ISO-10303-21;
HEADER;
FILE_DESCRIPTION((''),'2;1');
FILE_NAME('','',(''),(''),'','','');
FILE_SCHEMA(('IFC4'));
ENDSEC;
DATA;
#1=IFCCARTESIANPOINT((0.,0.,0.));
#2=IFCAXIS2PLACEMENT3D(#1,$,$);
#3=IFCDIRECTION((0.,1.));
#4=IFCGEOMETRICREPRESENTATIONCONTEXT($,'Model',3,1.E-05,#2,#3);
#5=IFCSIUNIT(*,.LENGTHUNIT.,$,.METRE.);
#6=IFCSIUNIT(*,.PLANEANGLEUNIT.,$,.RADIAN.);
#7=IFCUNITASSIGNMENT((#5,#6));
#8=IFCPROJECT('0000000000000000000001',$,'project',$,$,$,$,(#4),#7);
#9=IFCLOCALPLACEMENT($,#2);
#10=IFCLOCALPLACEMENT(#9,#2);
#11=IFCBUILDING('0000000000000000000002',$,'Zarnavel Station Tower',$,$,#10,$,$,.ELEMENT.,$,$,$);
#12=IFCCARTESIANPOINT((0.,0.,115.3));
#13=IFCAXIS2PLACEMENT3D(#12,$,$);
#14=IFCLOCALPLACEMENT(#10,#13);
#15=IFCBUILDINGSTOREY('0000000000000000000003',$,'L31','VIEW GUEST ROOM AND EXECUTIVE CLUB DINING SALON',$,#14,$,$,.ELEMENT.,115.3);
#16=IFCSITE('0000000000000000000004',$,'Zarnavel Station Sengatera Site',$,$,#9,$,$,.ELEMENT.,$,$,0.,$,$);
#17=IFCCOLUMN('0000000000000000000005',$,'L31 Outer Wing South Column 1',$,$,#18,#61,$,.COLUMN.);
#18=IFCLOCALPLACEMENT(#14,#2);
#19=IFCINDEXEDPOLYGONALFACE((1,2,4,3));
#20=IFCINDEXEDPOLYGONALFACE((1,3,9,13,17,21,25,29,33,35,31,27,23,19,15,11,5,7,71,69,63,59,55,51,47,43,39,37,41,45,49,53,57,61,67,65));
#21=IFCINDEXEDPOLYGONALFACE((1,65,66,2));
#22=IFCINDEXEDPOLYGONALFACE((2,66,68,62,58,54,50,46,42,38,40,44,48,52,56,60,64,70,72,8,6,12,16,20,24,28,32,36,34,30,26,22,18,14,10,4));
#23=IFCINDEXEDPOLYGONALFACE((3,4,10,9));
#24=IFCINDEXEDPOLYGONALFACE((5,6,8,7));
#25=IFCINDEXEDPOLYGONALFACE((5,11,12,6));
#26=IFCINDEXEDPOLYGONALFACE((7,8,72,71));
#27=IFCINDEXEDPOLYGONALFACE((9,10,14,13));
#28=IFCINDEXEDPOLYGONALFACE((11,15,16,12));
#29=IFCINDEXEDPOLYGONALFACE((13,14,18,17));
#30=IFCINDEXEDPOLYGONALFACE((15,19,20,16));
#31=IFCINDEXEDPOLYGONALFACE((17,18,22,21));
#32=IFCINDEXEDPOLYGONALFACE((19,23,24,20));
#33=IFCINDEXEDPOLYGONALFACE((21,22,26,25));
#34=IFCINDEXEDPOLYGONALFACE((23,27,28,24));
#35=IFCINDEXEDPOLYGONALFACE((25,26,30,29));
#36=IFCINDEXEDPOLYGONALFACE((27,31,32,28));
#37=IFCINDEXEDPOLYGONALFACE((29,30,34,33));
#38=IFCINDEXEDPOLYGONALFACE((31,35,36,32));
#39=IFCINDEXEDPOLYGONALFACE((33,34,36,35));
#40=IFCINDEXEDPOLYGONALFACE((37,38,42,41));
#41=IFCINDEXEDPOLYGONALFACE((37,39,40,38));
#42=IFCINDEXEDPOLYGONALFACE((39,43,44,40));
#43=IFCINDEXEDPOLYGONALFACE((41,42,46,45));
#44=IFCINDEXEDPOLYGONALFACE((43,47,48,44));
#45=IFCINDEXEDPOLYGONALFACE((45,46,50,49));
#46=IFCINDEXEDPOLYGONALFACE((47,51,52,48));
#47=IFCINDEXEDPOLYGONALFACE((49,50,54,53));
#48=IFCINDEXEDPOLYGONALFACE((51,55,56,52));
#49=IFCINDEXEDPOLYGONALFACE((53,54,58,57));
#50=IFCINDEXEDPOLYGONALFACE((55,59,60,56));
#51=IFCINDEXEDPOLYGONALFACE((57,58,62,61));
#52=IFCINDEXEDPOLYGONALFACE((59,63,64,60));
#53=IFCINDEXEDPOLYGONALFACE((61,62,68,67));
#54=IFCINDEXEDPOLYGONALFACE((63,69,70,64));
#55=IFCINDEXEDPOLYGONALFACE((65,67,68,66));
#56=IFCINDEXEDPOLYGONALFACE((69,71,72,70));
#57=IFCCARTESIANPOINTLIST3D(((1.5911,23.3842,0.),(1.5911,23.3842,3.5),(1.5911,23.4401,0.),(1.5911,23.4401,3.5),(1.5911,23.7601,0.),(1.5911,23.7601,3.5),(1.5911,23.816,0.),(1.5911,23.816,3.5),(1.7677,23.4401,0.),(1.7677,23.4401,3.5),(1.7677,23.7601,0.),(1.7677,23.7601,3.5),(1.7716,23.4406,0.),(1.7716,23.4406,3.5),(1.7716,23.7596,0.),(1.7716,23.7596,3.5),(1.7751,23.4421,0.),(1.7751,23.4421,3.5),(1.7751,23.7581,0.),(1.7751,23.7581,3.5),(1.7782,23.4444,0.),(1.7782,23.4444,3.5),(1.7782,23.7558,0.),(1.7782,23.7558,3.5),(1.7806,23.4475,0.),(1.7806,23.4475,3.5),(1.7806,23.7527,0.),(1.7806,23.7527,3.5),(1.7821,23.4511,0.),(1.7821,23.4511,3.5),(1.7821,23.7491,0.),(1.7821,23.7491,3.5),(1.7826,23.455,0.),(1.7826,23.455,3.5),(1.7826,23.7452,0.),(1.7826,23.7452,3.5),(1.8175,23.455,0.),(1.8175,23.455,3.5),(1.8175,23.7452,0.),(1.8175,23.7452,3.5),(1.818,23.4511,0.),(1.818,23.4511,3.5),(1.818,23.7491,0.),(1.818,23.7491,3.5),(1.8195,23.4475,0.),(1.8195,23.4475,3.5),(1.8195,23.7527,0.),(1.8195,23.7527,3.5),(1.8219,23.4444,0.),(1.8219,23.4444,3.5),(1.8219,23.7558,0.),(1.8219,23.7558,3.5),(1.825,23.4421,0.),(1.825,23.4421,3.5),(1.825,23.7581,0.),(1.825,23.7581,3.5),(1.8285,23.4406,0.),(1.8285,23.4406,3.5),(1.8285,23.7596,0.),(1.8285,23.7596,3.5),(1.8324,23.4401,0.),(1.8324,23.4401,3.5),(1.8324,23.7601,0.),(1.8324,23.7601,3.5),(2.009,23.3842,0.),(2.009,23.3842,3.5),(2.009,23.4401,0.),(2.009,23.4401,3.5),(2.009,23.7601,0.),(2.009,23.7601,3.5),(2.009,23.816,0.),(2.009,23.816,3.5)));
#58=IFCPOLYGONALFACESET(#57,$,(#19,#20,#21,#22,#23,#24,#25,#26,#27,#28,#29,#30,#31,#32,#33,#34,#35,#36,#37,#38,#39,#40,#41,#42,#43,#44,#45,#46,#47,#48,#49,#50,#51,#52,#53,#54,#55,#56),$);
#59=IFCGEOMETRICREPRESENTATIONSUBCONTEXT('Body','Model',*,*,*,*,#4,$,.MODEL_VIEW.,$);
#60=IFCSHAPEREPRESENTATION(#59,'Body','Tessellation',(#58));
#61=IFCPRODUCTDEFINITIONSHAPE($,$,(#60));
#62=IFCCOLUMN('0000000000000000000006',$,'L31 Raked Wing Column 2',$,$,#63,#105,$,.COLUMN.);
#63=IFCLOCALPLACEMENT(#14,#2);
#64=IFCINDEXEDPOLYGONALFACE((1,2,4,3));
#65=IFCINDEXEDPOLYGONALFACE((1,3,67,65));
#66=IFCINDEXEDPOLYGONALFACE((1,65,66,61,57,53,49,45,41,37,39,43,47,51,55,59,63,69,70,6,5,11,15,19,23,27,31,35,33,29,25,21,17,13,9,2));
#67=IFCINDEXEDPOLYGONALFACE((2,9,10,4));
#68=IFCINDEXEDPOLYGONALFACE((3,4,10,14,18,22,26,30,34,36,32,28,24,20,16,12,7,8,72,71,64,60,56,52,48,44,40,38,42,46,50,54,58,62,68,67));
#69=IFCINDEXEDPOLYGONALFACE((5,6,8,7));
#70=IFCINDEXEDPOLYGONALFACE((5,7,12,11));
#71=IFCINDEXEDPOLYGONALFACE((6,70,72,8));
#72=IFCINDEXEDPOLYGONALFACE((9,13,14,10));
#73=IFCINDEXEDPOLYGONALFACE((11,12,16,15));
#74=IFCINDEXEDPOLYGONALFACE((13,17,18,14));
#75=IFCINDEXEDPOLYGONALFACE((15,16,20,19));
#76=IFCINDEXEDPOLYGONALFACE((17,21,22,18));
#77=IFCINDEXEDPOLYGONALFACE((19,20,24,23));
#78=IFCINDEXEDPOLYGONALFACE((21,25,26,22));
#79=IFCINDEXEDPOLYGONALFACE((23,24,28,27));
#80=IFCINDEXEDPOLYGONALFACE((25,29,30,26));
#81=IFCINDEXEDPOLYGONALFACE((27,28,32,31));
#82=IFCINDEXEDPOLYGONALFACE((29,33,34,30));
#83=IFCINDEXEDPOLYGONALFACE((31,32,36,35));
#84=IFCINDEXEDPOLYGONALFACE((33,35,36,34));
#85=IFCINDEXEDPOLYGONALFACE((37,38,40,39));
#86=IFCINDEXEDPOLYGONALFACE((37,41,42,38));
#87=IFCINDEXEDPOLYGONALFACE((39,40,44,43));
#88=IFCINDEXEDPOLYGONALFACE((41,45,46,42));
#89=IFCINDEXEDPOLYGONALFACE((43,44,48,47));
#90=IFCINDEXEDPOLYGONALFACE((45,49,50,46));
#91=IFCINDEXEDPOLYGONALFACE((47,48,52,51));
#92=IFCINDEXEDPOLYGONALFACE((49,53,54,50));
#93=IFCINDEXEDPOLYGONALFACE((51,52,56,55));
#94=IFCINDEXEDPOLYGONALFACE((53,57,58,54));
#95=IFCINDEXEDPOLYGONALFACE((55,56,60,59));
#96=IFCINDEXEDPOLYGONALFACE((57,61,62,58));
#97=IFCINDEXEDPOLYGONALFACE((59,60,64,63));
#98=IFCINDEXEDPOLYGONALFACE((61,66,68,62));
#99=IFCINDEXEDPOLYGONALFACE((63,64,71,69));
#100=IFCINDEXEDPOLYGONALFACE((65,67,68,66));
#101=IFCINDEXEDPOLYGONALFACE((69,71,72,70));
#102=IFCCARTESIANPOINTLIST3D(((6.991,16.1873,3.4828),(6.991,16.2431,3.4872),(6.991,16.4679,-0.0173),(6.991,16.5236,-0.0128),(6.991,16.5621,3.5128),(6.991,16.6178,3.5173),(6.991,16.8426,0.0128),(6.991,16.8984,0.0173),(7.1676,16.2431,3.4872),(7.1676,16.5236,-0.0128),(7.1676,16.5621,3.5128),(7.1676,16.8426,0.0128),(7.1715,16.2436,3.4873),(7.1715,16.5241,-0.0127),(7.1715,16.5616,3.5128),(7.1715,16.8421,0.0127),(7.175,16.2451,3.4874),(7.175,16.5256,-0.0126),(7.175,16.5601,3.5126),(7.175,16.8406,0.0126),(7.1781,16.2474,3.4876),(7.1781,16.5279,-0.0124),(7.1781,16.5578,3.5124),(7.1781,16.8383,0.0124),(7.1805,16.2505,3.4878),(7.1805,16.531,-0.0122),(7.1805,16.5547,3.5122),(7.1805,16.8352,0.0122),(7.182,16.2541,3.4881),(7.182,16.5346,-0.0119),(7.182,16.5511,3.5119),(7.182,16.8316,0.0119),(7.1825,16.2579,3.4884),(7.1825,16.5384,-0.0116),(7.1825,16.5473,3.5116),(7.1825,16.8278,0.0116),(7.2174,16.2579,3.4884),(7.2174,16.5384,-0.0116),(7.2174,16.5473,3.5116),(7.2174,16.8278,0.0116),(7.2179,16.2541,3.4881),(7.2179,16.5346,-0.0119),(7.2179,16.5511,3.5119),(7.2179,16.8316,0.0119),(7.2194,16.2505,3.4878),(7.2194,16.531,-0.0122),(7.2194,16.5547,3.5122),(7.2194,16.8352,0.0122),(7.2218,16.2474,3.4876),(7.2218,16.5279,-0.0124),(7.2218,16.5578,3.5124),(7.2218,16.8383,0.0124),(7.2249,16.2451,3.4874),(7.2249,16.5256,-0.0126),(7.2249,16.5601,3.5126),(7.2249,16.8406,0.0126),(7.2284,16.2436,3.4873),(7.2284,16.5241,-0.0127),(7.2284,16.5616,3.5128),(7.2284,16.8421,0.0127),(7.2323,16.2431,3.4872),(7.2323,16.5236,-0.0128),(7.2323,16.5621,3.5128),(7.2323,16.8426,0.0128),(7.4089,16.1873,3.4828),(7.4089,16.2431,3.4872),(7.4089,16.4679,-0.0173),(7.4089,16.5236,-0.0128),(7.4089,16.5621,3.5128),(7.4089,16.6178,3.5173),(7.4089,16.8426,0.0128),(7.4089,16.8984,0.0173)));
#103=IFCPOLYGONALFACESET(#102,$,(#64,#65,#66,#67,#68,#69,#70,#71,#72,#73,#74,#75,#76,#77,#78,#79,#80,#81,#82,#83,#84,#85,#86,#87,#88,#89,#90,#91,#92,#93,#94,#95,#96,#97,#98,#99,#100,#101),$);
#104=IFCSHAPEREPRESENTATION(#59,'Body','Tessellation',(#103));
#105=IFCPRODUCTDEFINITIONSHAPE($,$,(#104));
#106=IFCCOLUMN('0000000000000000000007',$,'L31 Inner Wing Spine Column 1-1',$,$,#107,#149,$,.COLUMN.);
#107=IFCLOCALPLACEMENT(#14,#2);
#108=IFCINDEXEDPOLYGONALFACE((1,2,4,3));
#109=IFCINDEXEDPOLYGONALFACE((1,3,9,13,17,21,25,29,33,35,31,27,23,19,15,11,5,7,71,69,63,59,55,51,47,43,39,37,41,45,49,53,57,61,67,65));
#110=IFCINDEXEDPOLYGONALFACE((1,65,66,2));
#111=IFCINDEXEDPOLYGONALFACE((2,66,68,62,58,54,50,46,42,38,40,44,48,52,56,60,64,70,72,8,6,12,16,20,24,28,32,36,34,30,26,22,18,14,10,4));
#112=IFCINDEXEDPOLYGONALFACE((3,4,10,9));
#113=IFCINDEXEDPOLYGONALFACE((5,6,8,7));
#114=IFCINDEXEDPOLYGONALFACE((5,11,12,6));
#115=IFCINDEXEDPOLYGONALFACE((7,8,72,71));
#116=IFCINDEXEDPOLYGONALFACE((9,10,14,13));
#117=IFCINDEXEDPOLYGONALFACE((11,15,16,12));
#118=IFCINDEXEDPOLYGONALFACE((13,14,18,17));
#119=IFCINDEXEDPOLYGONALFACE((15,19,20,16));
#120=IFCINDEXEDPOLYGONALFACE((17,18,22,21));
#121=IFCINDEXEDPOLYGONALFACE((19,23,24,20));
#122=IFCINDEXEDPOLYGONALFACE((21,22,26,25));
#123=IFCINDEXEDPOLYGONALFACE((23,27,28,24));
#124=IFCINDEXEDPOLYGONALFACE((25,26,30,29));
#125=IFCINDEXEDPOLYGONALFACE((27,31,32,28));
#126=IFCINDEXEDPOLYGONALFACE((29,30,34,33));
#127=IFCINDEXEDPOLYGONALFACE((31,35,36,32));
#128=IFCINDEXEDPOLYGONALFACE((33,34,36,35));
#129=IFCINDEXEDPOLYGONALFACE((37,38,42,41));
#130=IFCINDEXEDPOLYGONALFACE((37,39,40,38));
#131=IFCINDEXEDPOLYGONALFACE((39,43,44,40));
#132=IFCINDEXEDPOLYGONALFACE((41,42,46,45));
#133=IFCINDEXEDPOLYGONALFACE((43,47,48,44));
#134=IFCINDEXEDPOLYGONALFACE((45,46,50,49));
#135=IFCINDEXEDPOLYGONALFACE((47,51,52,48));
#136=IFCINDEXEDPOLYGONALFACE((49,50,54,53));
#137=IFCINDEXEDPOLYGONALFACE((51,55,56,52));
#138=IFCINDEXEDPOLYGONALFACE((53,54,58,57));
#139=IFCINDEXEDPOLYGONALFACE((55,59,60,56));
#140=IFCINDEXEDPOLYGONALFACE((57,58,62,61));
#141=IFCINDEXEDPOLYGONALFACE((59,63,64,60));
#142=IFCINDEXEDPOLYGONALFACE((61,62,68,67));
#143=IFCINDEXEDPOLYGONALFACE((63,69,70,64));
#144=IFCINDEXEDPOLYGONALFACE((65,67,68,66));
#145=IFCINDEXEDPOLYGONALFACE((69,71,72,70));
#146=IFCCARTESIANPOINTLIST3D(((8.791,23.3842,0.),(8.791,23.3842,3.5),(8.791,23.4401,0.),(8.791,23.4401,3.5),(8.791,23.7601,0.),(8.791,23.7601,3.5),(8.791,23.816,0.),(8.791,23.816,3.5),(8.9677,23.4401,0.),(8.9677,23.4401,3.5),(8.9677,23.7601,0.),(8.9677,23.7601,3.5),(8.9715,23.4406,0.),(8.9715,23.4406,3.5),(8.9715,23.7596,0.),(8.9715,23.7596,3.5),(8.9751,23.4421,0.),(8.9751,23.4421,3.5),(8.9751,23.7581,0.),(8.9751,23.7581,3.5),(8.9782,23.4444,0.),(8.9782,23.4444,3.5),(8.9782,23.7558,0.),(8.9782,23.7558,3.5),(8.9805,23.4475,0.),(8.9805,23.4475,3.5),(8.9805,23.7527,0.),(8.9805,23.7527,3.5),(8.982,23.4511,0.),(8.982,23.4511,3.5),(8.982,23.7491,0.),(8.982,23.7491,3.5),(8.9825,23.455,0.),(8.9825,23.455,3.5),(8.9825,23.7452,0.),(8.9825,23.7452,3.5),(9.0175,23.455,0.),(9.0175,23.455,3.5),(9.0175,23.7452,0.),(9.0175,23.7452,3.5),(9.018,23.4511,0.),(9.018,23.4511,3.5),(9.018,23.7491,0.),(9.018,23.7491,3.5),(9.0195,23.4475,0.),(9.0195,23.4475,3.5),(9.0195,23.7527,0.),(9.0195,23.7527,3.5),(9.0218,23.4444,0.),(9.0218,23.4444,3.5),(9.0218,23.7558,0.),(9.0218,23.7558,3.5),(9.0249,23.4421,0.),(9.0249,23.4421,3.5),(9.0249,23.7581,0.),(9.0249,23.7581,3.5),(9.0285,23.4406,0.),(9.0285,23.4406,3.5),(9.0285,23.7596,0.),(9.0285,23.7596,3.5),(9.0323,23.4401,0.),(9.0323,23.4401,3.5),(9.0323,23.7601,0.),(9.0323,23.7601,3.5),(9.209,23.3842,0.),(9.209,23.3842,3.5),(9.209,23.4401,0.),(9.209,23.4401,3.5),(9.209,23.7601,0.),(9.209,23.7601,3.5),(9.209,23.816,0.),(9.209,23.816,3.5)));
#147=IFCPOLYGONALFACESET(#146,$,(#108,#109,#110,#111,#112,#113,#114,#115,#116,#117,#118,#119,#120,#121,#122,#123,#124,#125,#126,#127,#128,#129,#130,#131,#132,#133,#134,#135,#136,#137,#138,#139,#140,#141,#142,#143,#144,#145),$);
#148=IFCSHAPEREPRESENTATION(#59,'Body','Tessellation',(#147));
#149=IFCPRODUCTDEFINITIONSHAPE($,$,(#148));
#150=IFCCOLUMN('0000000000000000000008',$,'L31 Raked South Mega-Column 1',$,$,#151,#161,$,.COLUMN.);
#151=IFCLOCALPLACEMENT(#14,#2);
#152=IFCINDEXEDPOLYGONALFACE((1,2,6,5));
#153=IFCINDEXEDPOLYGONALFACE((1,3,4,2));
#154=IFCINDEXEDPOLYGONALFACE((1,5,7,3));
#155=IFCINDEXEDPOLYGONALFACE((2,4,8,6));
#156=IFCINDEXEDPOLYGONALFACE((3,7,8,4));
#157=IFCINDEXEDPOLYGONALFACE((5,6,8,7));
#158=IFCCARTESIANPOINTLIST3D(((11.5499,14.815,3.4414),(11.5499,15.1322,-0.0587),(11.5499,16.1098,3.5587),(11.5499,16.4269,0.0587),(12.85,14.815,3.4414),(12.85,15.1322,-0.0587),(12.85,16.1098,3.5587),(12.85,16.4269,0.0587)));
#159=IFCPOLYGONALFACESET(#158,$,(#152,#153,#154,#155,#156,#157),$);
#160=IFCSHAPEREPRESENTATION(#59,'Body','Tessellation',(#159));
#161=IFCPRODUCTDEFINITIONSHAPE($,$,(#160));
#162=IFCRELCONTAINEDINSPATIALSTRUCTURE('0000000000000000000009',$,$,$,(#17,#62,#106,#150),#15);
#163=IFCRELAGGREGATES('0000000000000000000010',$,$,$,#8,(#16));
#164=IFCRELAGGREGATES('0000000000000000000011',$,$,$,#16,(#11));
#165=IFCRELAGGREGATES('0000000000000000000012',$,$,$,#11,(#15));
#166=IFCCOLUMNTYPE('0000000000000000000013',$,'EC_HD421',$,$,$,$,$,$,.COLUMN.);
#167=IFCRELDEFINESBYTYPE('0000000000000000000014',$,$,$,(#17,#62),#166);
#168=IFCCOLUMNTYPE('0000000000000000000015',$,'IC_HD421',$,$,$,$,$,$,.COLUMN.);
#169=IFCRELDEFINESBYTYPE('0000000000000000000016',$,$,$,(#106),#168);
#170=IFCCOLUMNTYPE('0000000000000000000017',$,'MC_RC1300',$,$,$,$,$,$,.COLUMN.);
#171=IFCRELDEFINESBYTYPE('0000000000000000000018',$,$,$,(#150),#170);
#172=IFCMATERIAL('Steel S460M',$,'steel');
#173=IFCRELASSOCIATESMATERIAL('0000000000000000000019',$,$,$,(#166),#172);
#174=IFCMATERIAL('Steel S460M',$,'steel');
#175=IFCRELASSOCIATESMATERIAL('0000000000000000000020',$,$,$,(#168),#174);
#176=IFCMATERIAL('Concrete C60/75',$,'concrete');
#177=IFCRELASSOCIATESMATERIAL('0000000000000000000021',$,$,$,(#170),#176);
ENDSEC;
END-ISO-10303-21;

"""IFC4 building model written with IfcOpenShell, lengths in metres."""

from ifc_helpers import new_model, si_unit, direction, frame, origin, origin_2d, place, context, subcontext, project, spatial, rectangle, i_section, extrude, material, material_profile, profile_set, type_object, element, save


model = new_model("IFC4")

# Units and contexts
model_context = context("Model", 3, precision=1e-05, world=origin(), true_north=direction((0.0, 1.0)))
body_context = subcontext(model_context, "Body", "Model", "MODEL_VIEW")
ifc_project = project(units=[si_unit("LENGTHUNIT", "METRE"), si_unit("PLANEANGLEUNIT", "RADIAN")], contexts=[model_context])

# Site, building, storey
site_placement = place(None, origin())
site = spatial("IfcSite", under=ifc_project, at=site_placement, Name="Zarnavel Station Sengatera Site", CompositionType="ELEMENT", RefElevation=0.0)
building_placement = place(site_placement, origin())
building = spatial("IfcBuilding", under=site, at=building_placement, Name="Zarnavel Station Tower", CompositionType="ELEMENT")
storey_placement = place(building_placement, frame((0.0, 0.0, 115.3)))
storey = spatial("IfcBuildingStorey", under=building, at=storey_placement, Name="L31", Description="VIEW GUEST ROOM AND EXECUTIVE CLUB DINING SALON", CompositionType="ELEMENT", Elevation=115.3)

# Columns
ifc_material_1 = material(Name="Steel S460M", Category="steel")
ifc_material_profile_1 = material_profile(ifc_material_1, i_section(OverallWidth=0.418, OverallDepth=0.4319, WebThickness=0.0349, FlangeThickness=0.0559, FilletRadius=0.0149, at=origin_2d()), Name="HD400x421")
ifc_profile_set_1 = profile_set([ifc_material_profile_1], Name="Steel S460M")
column_type_1 = type_object("IfcColumnType", Name="EC_HD421", PredefinedType="COLUMN", material=ifc_profile_set_1)
column_1_placement = place(storey_placement, frame((1.8, 23.6001, 0.0), z_axis=(0.0, 0.0, 1.0), x_axis=(1.0, 0.0, 0.0)))
element("IfcColumn", 1, at=column_1_placement, inside=storey, type_object=column_type_1, Name="L31 Outer Wing South Column 1", PredefinedType="COLUMN", context=body_context, shape_type="SweptSolid", body=[
    extrude(i_section(OverallWidth=0.418, OverallDepth=0.4319, WebThickness=0.0349, FlangeThickness=0.0559, FilletRadius=0.0149, at=origin_2d()), origin(), (0.0, 0.0, 1.0), 3.5),
])
column_2_placement = place(storey_placement, frame((7.2, 16.6831, 0.0), z_axis=(0.0, -0.079892, 0.996804), x_axis=(1.0, 0.0, 0.0)))
element("IfcColumn", 2, at=column_2_placement, inside=storey, type_object=column_type_1, Name="L31 Raked Wing Column 2", PredefinedType="COLUMN", context=body_context, shape_type="SweptSolid", body=[
    extrude(i_section(OverallWidth=0.418, OverallDepth=0.4319, WebThickness=0.0349, FlangeThickness=0.0559, FilletRadius=0.0149, at=origin_2d()), origin(), (0.0, 0.0, 1.0), 3.5112),
])
ifc_material_2 = material(Name="Steel S460M", Category="steel")
ifc_material_profile_2 = material_profile(ifc_material_2, i_section(OverallWidth=0.418, OverallDepth=0.4319, WebThickness=0.0349, FlangeThickness=0.0559, FilletRadius=0.0149, at=origin_2d()), Name="HD400x421")
ifc_profile_set_2 = profile_set([ifc_material_profile_2], Name="Steel S460M")
column_type_2 = type_object("IfcColumnType", Name="IC_HD421", PredefinedType="COLUMN", material=ifc_profile_set_2)
column_3_placement = place(storey_placement, frame((9.0, 23.6001, 0.0), z_axis=(0.0, 0.0, 1.0), x_axis=(1.0, 0.0, 0.0)))
element("IfcColumn", 3, at=column_3_placement, inside=storey, type_object=column_type_2, Name="L31 Inner Wing Spine Column 1-1", PredefinedType="COLUMN", context=body_context, shape_type="SweptSolid", body=[
    extrude(i_section(OverallWidth=0.418, OverallDepth=0.4319, WebThickness=0.0349, FlangeThickness=0.0559, FilletRadius=0.0149, at=origin_2d()), origin(), (0.0, 0.0, 1.0), 3.5),
])
ifc_material_3 = material(Name="Concrete C60/75", Category="concrete")
ifc_material_profile_3 = material_profile(ifc_material_3, rectangle(XDim=1.3, YDim=1.3, at=origin_2d()), Name="RC1300x1300")
ifc_profile_set_3 = profile_set([ifc_material_profile_3], Name="Concrete C60/75")
column_type_3 = type_object("IfcColumnType", Name="MC_RC1300", PredefinedType="COLUMN", material=ifc_profile_set_3)
column_4_placement = place(storey_placement, frame((12.2, 15.7795, 0.0), z_axis=(0.0, -0.090241, 0.99592), x_axis=(1.0, 0.0, 0.0)))
element("IfcColumn", 4, at=column_4_placement, inside=storey, type_object=column_type_3, Name="L31 Raked South Mega-Column 1", PredefinedType="COLUMN", context=body_context, shape_type="SweptSolid", body=[
    extrude(rectangle(XDim=1.3, YDim=1.3, at=origin_2d()), origin(), (0.0, 0.0, 1.0), 3.5144),
])

save(model, "model.ifc")
